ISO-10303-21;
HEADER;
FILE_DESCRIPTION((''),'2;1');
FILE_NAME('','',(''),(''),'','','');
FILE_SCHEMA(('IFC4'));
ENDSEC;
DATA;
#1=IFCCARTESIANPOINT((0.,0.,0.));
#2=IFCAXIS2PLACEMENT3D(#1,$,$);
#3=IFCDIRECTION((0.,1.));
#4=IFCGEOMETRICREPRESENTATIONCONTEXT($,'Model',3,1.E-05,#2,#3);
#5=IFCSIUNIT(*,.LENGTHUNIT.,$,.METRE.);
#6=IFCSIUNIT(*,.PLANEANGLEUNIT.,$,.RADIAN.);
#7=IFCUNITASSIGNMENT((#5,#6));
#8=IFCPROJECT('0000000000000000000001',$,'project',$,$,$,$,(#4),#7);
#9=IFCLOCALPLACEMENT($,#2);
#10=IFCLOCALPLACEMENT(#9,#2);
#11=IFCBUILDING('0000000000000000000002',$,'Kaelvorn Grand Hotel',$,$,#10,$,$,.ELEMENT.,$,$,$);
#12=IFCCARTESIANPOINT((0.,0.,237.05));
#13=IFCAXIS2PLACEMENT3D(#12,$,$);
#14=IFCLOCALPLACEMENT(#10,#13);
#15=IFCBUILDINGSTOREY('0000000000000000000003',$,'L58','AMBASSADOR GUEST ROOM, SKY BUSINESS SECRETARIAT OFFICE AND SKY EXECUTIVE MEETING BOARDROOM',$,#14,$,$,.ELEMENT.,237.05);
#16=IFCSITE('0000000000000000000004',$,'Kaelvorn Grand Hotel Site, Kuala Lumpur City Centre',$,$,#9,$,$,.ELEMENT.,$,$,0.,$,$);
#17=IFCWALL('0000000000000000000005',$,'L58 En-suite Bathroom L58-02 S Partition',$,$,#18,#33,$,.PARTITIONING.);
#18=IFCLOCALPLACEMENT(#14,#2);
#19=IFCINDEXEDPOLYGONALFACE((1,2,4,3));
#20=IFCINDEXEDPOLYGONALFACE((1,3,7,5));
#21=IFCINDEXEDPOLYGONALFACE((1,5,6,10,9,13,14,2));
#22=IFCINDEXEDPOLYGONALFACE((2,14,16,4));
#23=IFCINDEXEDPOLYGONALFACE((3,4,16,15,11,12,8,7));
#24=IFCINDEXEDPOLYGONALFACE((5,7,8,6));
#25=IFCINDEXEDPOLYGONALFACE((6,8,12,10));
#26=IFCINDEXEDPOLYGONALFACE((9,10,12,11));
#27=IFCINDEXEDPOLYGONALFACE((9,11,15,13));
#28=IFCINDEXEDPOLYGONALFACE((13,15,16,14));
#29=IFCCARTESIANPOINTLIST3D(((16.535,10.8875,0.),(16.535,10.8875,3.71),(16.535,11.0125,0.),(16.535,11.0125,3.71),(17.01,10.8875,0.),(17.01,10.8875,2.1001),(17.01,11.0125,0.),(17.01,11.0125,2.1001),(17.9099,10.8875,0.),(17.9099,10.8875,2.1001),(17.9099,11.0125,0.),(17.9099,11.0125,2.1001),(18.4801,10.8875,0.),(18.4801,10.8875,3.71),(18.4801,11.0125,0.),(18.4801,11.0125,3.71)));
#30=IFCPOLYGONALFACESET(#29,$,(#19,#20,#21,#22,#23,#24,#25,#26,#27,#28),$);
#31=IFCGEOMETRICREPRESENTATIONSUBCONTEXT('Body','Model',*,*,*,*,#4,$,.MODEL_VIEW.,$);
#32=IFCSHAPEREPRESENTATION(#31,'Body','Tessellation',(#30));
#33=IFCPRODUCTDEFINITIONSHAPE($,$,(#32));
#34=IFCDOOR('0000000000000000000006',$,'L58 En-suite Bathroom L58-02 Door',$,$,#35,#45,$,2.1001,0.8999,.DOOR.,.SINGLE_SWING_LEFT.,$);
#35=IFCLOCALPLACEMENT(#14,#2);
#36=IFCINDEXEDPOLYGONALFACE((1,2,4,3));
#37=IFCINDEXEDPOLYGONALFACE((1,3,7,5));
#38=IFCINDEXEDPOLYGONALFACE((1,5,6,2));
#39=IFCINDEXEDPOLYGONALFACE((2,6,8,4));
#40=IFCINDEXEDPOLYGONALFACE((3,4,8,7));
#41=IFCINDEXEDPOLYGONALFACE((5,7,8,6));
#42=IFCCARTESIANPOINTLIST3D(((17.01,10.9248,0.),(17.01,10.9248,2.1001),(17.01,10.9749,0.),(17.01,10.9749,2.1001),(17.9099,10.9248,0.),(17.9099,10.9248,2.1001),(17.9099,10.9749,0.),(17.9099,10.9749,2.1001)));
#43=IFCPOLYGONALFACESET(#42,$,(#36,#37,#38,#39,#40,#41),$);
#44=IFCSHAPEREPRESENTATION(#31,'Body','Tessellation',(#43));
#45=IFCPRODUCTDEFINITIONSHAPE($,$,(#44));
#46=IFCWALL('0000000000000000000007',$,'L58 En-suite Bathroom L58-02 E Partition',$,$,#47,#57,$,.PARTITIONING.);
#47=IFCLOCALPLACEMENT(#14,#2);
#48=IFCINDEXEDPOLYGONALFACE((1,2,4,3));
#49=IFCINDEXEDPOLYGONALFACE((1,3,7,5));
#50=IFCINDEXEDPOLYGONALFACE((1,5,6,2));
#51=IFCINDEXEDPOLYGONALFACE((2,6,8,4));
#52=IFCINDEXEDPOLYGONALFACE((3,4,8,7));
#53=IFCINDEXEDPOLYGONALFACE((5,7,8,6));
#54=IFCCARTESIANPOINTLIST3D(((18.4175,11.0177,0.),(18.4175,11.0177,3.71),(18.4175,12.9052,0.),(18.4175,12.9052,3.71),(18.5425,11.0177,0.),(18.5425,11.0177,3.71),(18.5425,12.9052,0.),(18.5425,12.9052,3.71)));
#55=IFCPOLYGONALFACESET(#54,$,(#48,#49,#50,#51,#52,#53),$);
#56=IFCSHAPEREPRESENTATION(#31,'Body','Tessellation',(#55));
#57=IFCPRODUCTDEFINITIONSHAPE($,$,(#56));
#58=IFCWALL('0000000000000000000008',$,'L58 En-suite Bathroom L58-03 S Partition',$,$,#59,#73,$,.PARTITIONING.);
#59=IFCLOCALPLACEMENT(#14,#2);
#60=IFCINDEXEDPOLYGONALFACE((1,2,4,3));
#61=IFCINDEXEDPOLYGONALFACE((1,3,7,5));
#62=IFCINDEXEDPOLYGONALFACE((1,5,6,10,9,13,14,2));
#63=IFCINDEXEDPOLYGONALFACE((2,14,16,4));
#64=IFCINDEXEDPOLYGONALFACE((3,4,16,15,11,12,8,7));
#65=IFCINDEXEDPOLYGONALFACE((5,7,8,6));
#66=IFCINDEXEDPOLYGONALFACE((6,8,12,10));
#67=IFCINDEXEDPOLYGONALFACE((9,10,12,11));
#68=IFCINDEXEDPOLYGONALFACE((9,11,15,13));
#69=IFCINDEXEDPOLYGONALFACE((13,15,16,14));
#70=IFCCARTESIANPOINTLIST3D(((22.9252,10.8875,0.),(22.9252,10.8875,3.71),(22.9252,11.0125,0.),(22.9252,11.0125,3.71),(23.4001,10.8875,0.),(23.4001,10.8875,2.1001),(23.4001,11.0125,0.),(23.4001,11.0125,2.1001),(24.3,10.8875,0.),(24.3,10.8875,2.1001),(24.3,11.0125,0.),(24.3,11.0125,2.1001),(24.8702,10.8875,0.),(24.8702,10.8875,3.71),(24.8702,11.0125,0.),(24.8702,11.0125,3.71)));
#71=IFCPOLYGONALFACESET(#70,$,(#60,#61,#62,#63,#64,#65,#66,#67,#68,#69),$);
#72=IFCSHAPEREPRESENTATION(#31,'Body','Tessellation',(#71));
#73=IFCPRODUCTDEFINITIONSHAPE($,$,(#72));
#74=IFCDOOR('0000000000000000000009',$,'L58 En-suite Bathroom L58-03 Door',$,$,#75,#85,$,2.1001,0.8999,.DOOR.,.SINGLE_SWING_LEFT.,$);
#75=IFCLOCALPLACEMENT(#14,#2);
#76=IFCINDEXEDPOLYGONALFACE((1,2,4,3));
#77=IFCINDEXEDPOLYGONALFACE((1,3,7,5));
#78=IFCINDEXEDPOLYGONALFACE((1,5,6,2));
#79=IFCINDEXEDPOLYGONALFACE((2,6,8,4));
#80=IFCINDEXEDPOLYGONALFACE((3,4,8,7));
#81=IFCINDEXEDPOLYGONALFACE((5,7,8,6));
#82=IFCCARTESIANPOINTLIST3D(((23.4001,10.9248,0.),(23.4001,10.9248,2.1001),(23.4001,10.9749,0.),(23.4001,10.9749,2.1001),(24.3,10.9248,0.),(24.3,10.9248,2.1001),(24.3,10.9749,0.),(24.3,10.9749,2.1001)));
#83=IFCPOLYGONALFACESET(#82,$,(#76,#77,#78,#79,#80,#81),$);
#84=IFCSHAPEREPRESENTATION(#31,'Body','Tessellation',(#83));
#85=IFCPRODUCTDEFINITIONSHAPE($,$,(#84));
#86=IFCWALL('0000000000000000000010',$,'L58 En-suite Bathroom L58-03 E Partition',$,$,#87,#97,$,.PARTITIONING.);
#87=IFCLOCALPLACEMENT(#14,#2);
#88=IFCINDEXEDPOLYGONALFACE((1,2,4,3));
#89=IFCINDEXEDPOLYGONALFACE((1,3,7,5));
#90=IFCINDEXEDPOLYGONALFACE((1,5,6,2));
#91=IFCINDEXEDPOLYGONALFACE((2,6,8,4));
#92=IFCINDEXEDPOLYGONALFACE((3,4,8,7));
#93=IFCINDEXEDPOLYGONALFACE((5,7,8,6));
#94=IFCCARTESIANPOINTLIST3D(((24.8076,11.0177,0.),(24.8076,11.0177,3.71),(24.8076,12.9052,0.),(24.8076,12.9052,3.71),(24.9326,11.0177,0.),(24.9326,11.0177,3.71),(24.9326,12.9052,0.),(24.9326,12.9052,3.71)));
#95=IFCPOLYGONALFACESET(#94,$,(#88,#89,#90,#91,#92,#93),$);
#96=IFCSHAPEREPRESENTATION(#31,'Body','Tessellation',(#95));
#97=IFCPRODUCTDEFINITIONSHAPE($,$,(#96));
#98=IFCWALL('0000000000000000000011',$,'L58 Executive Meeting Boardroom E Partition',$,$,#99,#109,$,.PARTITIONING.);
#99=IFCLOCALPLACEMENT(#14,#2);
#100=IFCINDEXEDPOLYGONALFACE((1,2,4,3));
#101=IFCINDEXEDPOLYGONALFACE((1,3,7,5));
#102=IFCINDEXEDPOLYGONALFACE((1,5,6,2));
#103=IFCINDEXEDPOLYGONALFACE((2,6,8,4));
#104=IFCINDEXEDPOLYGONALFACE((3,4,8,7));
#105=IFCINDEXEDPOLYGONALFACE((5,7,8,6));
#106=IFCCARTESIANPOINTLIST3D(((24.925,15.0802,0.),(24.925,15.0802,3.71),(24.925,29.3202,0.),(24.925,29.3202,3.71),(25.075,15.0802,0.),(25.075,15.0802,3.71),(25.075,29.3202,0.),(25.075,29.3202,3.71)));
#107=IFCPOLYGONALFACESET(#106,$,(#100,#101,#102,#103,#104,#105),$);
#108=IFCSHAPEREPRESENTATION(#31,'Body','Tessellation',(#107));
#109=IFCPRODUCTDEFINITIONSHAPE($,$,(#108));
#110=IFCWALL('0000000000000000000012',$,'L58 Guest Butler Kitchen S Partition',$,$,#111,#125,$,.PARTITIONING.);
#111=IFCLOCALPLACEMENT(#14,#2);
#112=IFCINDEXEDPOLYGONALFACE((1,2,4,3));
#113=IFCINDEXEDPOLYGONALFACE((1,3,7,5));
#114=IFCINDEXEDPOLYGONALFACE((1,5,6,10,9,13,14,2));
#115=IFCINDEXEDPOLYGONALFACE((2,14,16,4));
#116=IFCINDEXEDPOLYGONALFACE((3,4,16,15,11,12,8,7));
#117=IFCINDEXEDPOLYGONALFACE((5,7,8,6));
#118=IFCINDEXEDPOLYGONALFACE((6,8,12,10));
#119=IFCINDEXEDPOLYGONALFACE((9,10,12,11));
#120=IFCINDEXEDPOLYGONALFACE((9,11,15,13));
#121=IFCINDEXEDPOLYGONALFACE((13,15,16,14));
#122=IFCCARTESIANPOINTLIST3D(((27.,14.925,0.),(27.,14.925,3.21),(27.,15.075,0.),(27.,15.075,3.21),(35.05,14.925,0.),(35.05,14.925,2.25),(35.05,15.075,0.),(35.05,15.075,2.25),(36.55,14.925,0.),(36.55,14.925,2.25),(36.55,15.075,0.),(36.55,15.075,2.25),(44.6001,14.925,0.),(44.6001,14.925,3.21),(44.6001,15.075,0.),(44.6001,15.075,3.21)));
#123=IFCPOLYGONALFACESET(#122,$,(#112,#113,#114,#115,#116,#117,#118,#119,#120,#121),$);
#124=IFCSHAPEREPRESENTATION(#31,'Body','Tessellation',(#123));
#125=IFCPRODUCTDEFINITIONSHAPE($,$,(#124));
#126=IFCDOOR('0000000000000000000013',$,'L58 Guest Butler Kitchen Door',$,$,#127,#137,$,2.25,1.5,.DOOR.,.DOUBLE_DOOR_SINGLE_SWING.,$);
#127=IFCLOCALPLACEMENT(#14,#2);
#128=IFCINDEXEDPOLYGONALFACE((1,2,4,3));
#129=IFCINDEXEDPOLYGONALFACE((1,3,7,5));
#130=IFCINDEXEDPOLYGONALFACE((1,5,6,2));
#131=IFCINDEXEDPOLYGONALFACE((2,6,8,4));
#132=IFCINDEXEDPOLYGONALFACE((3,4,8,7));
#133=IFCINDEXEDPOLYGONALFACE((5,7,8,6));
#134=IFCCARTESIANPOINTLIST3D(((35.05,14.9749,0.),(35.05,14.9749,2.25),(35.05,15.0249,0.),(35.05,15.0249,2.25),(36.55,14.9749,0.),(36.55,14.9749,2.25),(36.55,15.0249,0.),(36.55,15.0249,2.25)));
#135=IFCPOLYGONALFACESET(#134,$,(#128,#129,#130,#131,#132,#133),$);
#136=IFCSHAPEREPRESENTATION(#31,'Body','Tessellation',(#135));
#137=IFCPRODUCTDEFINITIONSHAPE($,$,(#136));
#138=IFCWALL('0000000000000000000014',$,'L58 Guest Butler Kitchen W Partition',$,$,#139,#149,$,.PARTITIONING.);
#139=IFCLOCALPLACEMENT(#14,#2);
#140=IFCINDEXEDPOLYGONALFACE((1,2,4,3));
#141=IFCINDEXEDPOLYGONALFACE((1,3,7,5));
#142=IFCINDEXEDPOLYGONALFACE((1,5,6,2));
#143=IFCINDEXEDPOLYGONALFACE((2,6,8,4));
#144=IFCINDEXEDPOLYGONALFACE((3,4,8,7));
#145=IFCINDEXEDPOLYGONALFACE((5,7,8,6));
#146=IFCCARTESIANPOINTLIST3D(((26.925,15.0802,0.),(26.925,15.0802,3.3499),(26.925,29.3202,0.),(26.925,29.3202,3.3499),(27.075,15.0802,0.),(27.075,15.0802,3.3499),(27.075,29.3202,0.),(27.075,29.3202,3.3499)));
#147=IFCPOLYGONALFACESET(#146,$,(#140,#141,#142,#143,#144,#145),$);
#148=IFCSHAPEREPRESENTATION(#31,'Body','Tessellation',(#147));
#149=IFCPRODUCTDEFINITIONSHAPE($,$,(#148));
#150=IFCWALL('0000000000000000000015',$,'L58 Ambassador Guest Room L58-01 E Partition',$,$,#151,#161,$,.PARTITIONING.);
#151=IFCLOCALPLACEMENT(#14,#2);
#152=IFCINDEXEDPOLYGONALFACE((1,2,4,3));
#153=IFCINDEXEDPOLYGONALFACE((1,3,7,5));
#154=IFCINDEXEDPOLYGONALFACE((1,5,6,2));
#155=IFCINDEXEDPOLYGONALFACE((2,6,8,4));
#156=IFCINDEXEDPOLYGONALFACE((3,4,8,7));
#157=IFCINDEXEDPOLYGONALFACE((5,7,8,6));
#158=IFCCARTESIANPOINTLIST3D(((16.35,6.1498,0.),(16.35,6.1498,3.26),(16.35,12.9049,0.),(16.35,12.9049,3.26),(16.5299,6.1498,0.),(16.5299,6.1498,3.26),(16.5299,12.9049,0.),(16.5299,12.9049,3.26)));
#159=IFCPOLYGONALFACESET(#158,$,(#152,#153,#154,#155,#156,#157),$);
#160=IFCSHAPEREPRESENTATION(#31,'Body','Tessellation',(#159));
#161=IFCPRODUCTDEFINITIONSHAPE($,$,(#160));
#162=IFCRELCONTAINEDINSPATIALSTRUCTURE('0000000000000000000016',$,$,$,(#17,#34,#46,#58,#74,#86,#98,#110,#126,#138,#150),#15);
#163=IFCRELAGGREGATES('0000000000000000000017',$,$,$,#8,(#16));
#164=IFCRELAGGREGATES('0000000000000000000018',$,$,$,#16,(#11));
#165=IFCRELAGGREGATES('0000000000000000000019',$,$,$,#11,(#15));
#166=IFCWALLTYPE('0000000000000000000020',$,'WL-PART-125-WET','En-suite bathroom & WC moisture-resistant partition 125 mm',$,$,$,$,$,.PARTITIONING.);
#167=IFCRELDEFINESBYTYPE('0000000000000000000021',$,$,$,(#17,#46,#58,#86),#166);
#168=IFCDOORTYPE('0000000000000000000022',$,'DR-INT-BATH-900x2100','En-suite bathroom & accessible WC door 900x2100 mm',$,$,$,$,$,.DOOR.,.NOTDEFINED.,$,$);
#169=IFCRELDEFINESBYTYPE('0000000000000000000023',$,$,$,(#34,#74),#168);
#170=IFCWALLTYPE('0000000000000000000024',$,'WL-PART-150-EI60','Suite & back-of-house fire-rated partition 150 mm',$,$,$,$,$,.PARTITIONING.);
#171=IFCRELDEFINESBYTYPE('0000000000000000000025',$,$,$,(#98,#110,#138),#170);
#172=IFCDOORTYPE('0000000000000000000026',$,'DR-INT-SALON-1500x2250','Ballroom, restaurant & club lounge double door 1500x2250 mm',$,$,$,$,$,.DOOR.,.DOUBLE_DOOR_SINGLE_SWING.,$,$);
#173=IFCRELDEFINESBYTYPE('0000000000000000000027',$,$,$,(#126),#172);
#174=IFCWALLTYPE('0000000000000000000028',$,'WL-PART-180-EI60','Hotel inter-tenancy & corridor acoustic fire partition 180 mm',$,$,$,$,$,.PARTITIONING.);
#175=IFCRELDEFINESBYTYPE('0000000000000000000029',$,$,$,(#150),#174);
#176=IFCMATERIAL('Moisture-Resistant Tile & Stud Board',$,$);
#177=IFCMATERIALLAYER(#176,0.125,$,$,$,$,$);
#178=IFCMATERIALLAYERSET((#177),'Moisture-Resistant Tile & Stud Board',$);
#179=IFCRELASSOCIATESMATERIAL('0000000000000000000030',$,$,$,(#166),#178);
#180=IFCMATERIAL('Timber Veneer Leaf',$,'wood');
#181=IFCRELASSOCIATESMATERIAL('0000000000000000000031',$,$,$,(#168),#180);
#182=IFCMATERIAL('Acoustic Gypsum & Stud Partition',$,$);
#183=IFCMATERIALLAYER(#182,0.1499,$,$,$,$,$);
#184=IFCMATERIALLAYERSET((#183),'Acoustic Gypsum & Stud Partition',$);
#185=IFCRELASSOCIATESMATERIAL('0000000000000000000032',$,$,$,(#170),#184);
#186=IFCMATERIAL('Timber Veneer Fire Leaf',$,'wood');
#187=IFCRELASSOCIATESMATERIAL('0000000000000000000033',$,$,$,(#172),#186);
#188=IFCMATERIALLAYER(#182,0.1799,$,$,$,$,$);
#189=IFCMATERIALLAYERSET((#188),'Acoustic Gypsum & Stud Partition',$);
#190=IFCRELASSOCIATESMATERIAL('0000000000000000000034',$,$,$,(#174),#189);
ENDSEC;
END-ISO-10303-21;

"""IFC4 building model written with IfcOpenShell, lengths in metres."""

from ifc_helpers import new_model, si_unit, direction, frame, frame_2d, origin, place, context, subcontext, project, spatial, rectangle, extrude, material, layer, layer_set, type_object, element, fill, save


model = new_model("IFC4")

# Units and contexts
model_context = context("Model", 3, precision=1e-05, world=origin(), true_north=direction((0.0, 1.0)))
body_context = subcontext(model_context, "Body", "Model", "MODEL_VIEW")
ifc_project = project(units=[si_unit("LENGTHUNIT", "METRE"), si_unit("PLANEANGLEUNIT", "RADIAN")], contexts=[model_context])

# Site, building, storey
site_placement = place(None, origin())
site = spatial("IfcSite", under=ifc_project, at=site_placement, Name="Kaelvorn Grand Hotel Site, Kuala Lumpur City Centre", CompositionType="ELEMENT", RefElevation=0.0)
building_placement = place(site_placement, origin())
building = spatial("IfcBuilding", under=site, at=building_placement, Name="Kaelvorn Grand Hotel", CompositionType="ELEMENT")
storey_placement = place(building_placement, frame((0.0, 0.0, 237.05)))
storey = spatial("IfcBuildingStorey", under=building, at=storey_placement, Name="L58", Description="AMBASSADOR GUEST ROOM, SKY BUSINESS SECRETARIAT OFFICE AND SKY EXECUTIVE MEETING BOARDROOM", CompositionType="ELEMENT", Elevation=237.05)

# Wall, opening, door
ifc_material_1 = material(Name="Moisture-Resistant Tile & Stud Board")
ifc_layer_1 = layer(ifc_material_1, 0.125)
ifc_layer_set_1 = layer_set([ifc_layer_1], Name="Moisture-Resistant Tile & Stud Board")
wall_type_1 = type_object("IfcWallType", Name="WL-PART-125-WET", Description="En-suite bathroom & WC moisture-resistant partition 125 mm", PredefinedType="PARTITIONING", material=ifc_layer_set_1)
wall_1_placement = place(storey_placement, frame((16.5349, 10.95, 0.0), z_axis=(0.0, 0.0, 1.0), x_axis=(1.0, 0.0, 0.0)))
wall_1 = element("IfcWall", 1, at=wall_1_placement, inside=storey, type_object=wall_type_1, Name="L58 En-suite Bathroom L58-02 S Partition", PredefinedType="PARTITIONING", context=body_context, shape_type="SweptSolid", body=[
    extrude(rectangle(XDim=1.9451, YDim=0.125, at=frame_2d((0.9727, 0.0))), origin(), (0.0, 0.0, 1.0), 3.71),
])
opening_1_placement = place(wall_1_placement, frame((0.4751, 0.0, 0.0)))
opening_1 = element("IfcOpeningElement", 2, at=opening_1_placement, cuts=wall_1, PredefinedType="OPENING", context=body_context, shape_type="SweptSolid", body=[
    extrude(rectangle(XDim=0.8999, YDim=2.1001, at=frame_2d((0.45, 1.05))), frame((0.0, 0.0725, 0.0), z_axis=(0.0, -1.0, 0.0), x_axis=(1.0, 0.0, 0.0)), (0.0, 0.0, 1.0), 0.145),
])
ifc_material_2 = material(Name="Timber Veneer Leaf", Category="wood")
door_type_1 = type_object("IfcDoorType", Name="DR-INT-BATH-900x2100", Description="En-suite bathroom & accessible WC door 900x2100 mm", OperationType="NOTDEFINED", PredefinedType="DOOR", material=ifc_material_2)
door_1_placement = place(opening_1_placement, origin())
door_1 = element("IfcDoor", 3, at=door_1_placement, inside=storey, type_object=door_type_1, Name="L58 En-suite Bathroom L58-02 Door", OperationType="SINGLE_SWING_LEFT", OverallHeight=2.1001, OverallWidth=0.8999, PredefinedType="DOOR", context=body_context, shape_type="SweptSolid", body=[
    extrude(rectangle(XDim=0.8999, YDim=2.1001, at=frame_2d((0.45, 1.05))), frame((0.0, 0.0249, 0.0), z_axis=(0.0, -1.0, 0.0), x_axis=(1.0, 0.0, 0.0)), (0.0, 0.0, 1.0), 0.05),
])
fill(opening_1, door_1)

# Wall
wall_2_placement = place(storey_placement, frame((18.48, 11.0176, 0.0), z_axis=(0.0, 0.0, 1.0), x_axis=(0.0, 1.0, 0.0)))
element("IfcWall", 4, at=wall_2_placement, inside=storey, type_object=wall_type_1, Name="L58 En-suite Bathroom L58-02 E Partition", PredefinedType="PARTITIONING", context=body_context, shape_type="SweptSolid", body=[
    extrude(rectangle(XDim=1.8875, YDim=0.125, at=frame_2d((0.9438, 0.0))), origin(), (0.0, 0.0, 1.0), 3.71),
])

# Wall, opening, door
wall_3_placement = place(storey_placement, frame((22.925, 10.95, 0.0), z_axis=(0.0, 0.0, 1.0), x_axis=(1.0, 0.0, 0.0)))
wall_3 = element("IfcWall", 5, at=wall_3_placement, inside=storey, type_object=wall_type_1, Name="L58 En-suite Bathroom L58-03 S Partition", PredefinedType="PARTITIONING", context=body_context, shape_type="SweptSolid", body=[
    extrude(rectangle(XDim=1.9451, YDim=0.125, at=frame_2d((0.9727, 0.0))), origin(), (0.0, 0.0, 1.0), 3.71),
])
opening_2_placement = place(wall_3_placement, frame((0.4751, 0.0, 0.0)))
opening_2 = element("IfcOpeningElement", 6, at=opening_2_placement, cuts=wall_3, PredefinedType="OPENING", context=body_context, shape_type="SweptSolid", body=[
    extrude(rectangle(XDim=0.8999, YDim=2.1001, at=frame_2d((0.45, 1.05))), frame((0.0, 0.0725, 0.0), z_axis=(0.0, -1.0, 0.0), x_axis=(1.0, 0.0, 0.0)), (0.0, 0.0, 1.0), 0.145),
])
door_2_placement = place(opening_2_placement, origin())
door_2 = element("IfcDoor", 7, at=door_2_placement, inside=storey, type_object=door_type_1, Name="L58 En-suite Bathroom L58-03 Door", OperationType="SINGLE_SWING_LEFT", OverallHeight=2.1001, OverallWidth=0.8999, PredefinedType="DOOR", context=body_context, shape_type="SweptSolid", body=[
    extrude(rectangle(XDim=0.8999, YDim=2.1001, at=frame_2d((0.45, 1.05))), frame((0.0, 0.0249, 0.0), z_axis=(0.0, -1.0, 0.0), x_axis=(1.0, 0.0, 0.0)), (0.0, 0.0, 1.0), 0.05),
])
fill(opening_2, door_2)

# Walls
wall_4_placement = place(storey_placement, frame((24.8701, 11.0176, 0.0), z_axis=(0.0, 0.0, 1.0), x_axis=(0.0, 1.0, 0.0)))
element("IfcWall", 8, at=wall_4_placement, inside=storey, type_object=wall_type_1, Name="L58 En-suite Bathroom L58-03 E Partition", PredefinedType="PARTITIONING", context=body_context, shape_type="SweptSolid", body=[
    extrude(rectangle(XDim=1.8875, YDim=0.125, at=frame_2d((0.9438, 0.0))), origin(), (0.0, 0.0, 1.0), 3.71),
])
ifc_material_3 = material(Name="Acoustic Gypsum & Stud Partition")
ifc_layer_2 = layer(ifc_material_3, 0.1499)
ifc_layer_set_2 = layer_set([ifc_layer_2], Name="Acoustic Gypsum & Stud Partition")
wall_type_2 = type_object("IfcWallType", Name="WL-PART-150-EI60", Description="Suite & back-of-house fire-rated partition 150 mm", PredefinedType="PARTITIONING", material=ifc_layer_set_2)
wall_5_placement = place(storey_placement, frame((25.0, 15.0801, 0.0), z_axis=(0.0, 0.0, 1.0), x_axis=(0.0, 1.0, 0.0)))
element("IfcWall", 9, at=wall_5_placement, inside=storey, type_object=wall_type_2, Name="L58 Executive Meeting Boardroom E Partition", PredefinedType="PARTITIONING", context=body_context, shape_type="SweptSolid", body=[
    extrude(rectangle(XDim=14.24, YDim=0.1499, at=frame_2d((7.1201, 0.0))), origin(), (0.0, 0.0, 1.0), 3.71),
])

# Wall, opening, door
wall_6_placement = place(storey_placement, frame((27.0, 15.0, 0.0), z_axis=(0.0, 0.0, 1.0), x_axis=(1.0, 0.0, 0.0)))
wall_6 = element("IfcWall", 10, at=wall_6_placement, inside=storey, type_object=wall_type_2, Name="L58 Guest Butler Kitchen S Partition", PredefinedType="PARTITIONING", context=body_context, shape_type="SweptSolid", body=[
    extrude(rectangle(XDim=17.6001, YDim=0.1499, at=frame_2d((8.8, 0.0))), origin(), (0.0, 0.0, 1.0), 3.21),
])
opening_3_placement = place(wall_6_placement, frame((8.05, 0.0, 0.0)))
opening_3 = element("IfcOpeningElement", 11, at=opening_3_placement, cuts=wall_6, PredefinedType="OPENING", context=body_context, shape_type="SweptSolid", body=[
    extrude(rectangle(XDim=1.5, YDim=2.25, at=frame_2d((0.75, 1.125))), frame((0.0, 0.085, 0.0), z_axis=(0.0, -1.0, 0.0), x_axis=(1.0, 0.0, 0.0)), (0.0, 0.0, 1.0), 0.1699),
])
ifc_material_4 = material(Name="Timber Veneer Fire Leaf", Category="wood")
door_type_2 = type_object("IfcDoorType", Name="DR-INT-SALON-1500x2250", Description="Ballroom, restaurant & club lounge double door 1500x2250 mm", OperationType="DOUBLE_DOOR_SINGLE_SWING", PredefinedType="DOOR", material=ifc_material_4)
door_3_placement = place(opening_3_placement, origin())
door_3 = element("IfcDoor", 12, at=door_3_placement, inside=storey, type_object=door_type_2, Name="L58 Guest Butler Kitchen Door", OperationType="DOUBLE_DOOR_SINGLE_SWING", OverallHeight=2.25, OverallWidth=1.5, PredefinedType="DOOR", context=body_context, shape_type="SweptSolid", body=[
    extrude(rectangle(XDim=1.5, YDim=2.25, at=frame_2d((0.75, 1.125))), frame((0.0, 0.0249, 0.0), z_axis=(0.0, -1.0, 0.0), x_axis=(1.0, 0.0, 0.0)), (0.0, 0.0, 1.0), 0.05),
])
fill(opening_3, door_3)

# Walls
wall_7_placement = place(storey_placement, frame((27.0, 15.0801, 0.0), z_axis=(0.0, 0.0, 1.0), x_axis=(0.0, 1.0, 0.0)))
element("IfcWall", 13, at=wall_7_placement, inside=storey, type_object=wall_type_2, Name="L58 Guest Butler Kitchen W Partition", PredefinedType="PARTITIONING", context=body_context, shape_type="SweptSolid", body=[
    extrude(rectangle(XDim=14.24, YDim=0.1499, at=frame_2d((7.1201, 0.0))), origin(), (0.0, 0.0, 1.0), 3.3499),
])
ifc_layer_3 = layer(ifc_material_3, 0.1799)
ifc_layer_set_3 = layer_set([ifc_layer_3], Name="Acoustic Gypsum & Stud Partition")
wall_type_3 = type_object("IfcWallType", Name="WL-PART-180-EI60", Description="Hotel inter-tenancy & corridor acoustic fire partition 180 mm", PredefinedType="PARTITIONING", material=ifc_layer_set_3)
wall_8_placement = place(storey_placement, frame((16.4399, 6.1499, 0.0), z_axis=(0.0, 0.0, 1.0), x_axis=(0.0, 1.0, 0.0)))
element("IfcWall", 14, at=wall_8_placement, inside=storey, type_object=wall_type_3, Name="L58 Ambassador Guest Room L58-01 E Partition", PredefinedType="PARTITIONING", context=body_context, shape_type="SweptSolid", body=[
    extrude(rectangle(XDim=6.7551, YDim=0.1799, at=frame_2d((3.3774, 0.0))), origin(), (0.0, 0.0, 1.0), 3.26),
])

save(model, "model.ifc")
